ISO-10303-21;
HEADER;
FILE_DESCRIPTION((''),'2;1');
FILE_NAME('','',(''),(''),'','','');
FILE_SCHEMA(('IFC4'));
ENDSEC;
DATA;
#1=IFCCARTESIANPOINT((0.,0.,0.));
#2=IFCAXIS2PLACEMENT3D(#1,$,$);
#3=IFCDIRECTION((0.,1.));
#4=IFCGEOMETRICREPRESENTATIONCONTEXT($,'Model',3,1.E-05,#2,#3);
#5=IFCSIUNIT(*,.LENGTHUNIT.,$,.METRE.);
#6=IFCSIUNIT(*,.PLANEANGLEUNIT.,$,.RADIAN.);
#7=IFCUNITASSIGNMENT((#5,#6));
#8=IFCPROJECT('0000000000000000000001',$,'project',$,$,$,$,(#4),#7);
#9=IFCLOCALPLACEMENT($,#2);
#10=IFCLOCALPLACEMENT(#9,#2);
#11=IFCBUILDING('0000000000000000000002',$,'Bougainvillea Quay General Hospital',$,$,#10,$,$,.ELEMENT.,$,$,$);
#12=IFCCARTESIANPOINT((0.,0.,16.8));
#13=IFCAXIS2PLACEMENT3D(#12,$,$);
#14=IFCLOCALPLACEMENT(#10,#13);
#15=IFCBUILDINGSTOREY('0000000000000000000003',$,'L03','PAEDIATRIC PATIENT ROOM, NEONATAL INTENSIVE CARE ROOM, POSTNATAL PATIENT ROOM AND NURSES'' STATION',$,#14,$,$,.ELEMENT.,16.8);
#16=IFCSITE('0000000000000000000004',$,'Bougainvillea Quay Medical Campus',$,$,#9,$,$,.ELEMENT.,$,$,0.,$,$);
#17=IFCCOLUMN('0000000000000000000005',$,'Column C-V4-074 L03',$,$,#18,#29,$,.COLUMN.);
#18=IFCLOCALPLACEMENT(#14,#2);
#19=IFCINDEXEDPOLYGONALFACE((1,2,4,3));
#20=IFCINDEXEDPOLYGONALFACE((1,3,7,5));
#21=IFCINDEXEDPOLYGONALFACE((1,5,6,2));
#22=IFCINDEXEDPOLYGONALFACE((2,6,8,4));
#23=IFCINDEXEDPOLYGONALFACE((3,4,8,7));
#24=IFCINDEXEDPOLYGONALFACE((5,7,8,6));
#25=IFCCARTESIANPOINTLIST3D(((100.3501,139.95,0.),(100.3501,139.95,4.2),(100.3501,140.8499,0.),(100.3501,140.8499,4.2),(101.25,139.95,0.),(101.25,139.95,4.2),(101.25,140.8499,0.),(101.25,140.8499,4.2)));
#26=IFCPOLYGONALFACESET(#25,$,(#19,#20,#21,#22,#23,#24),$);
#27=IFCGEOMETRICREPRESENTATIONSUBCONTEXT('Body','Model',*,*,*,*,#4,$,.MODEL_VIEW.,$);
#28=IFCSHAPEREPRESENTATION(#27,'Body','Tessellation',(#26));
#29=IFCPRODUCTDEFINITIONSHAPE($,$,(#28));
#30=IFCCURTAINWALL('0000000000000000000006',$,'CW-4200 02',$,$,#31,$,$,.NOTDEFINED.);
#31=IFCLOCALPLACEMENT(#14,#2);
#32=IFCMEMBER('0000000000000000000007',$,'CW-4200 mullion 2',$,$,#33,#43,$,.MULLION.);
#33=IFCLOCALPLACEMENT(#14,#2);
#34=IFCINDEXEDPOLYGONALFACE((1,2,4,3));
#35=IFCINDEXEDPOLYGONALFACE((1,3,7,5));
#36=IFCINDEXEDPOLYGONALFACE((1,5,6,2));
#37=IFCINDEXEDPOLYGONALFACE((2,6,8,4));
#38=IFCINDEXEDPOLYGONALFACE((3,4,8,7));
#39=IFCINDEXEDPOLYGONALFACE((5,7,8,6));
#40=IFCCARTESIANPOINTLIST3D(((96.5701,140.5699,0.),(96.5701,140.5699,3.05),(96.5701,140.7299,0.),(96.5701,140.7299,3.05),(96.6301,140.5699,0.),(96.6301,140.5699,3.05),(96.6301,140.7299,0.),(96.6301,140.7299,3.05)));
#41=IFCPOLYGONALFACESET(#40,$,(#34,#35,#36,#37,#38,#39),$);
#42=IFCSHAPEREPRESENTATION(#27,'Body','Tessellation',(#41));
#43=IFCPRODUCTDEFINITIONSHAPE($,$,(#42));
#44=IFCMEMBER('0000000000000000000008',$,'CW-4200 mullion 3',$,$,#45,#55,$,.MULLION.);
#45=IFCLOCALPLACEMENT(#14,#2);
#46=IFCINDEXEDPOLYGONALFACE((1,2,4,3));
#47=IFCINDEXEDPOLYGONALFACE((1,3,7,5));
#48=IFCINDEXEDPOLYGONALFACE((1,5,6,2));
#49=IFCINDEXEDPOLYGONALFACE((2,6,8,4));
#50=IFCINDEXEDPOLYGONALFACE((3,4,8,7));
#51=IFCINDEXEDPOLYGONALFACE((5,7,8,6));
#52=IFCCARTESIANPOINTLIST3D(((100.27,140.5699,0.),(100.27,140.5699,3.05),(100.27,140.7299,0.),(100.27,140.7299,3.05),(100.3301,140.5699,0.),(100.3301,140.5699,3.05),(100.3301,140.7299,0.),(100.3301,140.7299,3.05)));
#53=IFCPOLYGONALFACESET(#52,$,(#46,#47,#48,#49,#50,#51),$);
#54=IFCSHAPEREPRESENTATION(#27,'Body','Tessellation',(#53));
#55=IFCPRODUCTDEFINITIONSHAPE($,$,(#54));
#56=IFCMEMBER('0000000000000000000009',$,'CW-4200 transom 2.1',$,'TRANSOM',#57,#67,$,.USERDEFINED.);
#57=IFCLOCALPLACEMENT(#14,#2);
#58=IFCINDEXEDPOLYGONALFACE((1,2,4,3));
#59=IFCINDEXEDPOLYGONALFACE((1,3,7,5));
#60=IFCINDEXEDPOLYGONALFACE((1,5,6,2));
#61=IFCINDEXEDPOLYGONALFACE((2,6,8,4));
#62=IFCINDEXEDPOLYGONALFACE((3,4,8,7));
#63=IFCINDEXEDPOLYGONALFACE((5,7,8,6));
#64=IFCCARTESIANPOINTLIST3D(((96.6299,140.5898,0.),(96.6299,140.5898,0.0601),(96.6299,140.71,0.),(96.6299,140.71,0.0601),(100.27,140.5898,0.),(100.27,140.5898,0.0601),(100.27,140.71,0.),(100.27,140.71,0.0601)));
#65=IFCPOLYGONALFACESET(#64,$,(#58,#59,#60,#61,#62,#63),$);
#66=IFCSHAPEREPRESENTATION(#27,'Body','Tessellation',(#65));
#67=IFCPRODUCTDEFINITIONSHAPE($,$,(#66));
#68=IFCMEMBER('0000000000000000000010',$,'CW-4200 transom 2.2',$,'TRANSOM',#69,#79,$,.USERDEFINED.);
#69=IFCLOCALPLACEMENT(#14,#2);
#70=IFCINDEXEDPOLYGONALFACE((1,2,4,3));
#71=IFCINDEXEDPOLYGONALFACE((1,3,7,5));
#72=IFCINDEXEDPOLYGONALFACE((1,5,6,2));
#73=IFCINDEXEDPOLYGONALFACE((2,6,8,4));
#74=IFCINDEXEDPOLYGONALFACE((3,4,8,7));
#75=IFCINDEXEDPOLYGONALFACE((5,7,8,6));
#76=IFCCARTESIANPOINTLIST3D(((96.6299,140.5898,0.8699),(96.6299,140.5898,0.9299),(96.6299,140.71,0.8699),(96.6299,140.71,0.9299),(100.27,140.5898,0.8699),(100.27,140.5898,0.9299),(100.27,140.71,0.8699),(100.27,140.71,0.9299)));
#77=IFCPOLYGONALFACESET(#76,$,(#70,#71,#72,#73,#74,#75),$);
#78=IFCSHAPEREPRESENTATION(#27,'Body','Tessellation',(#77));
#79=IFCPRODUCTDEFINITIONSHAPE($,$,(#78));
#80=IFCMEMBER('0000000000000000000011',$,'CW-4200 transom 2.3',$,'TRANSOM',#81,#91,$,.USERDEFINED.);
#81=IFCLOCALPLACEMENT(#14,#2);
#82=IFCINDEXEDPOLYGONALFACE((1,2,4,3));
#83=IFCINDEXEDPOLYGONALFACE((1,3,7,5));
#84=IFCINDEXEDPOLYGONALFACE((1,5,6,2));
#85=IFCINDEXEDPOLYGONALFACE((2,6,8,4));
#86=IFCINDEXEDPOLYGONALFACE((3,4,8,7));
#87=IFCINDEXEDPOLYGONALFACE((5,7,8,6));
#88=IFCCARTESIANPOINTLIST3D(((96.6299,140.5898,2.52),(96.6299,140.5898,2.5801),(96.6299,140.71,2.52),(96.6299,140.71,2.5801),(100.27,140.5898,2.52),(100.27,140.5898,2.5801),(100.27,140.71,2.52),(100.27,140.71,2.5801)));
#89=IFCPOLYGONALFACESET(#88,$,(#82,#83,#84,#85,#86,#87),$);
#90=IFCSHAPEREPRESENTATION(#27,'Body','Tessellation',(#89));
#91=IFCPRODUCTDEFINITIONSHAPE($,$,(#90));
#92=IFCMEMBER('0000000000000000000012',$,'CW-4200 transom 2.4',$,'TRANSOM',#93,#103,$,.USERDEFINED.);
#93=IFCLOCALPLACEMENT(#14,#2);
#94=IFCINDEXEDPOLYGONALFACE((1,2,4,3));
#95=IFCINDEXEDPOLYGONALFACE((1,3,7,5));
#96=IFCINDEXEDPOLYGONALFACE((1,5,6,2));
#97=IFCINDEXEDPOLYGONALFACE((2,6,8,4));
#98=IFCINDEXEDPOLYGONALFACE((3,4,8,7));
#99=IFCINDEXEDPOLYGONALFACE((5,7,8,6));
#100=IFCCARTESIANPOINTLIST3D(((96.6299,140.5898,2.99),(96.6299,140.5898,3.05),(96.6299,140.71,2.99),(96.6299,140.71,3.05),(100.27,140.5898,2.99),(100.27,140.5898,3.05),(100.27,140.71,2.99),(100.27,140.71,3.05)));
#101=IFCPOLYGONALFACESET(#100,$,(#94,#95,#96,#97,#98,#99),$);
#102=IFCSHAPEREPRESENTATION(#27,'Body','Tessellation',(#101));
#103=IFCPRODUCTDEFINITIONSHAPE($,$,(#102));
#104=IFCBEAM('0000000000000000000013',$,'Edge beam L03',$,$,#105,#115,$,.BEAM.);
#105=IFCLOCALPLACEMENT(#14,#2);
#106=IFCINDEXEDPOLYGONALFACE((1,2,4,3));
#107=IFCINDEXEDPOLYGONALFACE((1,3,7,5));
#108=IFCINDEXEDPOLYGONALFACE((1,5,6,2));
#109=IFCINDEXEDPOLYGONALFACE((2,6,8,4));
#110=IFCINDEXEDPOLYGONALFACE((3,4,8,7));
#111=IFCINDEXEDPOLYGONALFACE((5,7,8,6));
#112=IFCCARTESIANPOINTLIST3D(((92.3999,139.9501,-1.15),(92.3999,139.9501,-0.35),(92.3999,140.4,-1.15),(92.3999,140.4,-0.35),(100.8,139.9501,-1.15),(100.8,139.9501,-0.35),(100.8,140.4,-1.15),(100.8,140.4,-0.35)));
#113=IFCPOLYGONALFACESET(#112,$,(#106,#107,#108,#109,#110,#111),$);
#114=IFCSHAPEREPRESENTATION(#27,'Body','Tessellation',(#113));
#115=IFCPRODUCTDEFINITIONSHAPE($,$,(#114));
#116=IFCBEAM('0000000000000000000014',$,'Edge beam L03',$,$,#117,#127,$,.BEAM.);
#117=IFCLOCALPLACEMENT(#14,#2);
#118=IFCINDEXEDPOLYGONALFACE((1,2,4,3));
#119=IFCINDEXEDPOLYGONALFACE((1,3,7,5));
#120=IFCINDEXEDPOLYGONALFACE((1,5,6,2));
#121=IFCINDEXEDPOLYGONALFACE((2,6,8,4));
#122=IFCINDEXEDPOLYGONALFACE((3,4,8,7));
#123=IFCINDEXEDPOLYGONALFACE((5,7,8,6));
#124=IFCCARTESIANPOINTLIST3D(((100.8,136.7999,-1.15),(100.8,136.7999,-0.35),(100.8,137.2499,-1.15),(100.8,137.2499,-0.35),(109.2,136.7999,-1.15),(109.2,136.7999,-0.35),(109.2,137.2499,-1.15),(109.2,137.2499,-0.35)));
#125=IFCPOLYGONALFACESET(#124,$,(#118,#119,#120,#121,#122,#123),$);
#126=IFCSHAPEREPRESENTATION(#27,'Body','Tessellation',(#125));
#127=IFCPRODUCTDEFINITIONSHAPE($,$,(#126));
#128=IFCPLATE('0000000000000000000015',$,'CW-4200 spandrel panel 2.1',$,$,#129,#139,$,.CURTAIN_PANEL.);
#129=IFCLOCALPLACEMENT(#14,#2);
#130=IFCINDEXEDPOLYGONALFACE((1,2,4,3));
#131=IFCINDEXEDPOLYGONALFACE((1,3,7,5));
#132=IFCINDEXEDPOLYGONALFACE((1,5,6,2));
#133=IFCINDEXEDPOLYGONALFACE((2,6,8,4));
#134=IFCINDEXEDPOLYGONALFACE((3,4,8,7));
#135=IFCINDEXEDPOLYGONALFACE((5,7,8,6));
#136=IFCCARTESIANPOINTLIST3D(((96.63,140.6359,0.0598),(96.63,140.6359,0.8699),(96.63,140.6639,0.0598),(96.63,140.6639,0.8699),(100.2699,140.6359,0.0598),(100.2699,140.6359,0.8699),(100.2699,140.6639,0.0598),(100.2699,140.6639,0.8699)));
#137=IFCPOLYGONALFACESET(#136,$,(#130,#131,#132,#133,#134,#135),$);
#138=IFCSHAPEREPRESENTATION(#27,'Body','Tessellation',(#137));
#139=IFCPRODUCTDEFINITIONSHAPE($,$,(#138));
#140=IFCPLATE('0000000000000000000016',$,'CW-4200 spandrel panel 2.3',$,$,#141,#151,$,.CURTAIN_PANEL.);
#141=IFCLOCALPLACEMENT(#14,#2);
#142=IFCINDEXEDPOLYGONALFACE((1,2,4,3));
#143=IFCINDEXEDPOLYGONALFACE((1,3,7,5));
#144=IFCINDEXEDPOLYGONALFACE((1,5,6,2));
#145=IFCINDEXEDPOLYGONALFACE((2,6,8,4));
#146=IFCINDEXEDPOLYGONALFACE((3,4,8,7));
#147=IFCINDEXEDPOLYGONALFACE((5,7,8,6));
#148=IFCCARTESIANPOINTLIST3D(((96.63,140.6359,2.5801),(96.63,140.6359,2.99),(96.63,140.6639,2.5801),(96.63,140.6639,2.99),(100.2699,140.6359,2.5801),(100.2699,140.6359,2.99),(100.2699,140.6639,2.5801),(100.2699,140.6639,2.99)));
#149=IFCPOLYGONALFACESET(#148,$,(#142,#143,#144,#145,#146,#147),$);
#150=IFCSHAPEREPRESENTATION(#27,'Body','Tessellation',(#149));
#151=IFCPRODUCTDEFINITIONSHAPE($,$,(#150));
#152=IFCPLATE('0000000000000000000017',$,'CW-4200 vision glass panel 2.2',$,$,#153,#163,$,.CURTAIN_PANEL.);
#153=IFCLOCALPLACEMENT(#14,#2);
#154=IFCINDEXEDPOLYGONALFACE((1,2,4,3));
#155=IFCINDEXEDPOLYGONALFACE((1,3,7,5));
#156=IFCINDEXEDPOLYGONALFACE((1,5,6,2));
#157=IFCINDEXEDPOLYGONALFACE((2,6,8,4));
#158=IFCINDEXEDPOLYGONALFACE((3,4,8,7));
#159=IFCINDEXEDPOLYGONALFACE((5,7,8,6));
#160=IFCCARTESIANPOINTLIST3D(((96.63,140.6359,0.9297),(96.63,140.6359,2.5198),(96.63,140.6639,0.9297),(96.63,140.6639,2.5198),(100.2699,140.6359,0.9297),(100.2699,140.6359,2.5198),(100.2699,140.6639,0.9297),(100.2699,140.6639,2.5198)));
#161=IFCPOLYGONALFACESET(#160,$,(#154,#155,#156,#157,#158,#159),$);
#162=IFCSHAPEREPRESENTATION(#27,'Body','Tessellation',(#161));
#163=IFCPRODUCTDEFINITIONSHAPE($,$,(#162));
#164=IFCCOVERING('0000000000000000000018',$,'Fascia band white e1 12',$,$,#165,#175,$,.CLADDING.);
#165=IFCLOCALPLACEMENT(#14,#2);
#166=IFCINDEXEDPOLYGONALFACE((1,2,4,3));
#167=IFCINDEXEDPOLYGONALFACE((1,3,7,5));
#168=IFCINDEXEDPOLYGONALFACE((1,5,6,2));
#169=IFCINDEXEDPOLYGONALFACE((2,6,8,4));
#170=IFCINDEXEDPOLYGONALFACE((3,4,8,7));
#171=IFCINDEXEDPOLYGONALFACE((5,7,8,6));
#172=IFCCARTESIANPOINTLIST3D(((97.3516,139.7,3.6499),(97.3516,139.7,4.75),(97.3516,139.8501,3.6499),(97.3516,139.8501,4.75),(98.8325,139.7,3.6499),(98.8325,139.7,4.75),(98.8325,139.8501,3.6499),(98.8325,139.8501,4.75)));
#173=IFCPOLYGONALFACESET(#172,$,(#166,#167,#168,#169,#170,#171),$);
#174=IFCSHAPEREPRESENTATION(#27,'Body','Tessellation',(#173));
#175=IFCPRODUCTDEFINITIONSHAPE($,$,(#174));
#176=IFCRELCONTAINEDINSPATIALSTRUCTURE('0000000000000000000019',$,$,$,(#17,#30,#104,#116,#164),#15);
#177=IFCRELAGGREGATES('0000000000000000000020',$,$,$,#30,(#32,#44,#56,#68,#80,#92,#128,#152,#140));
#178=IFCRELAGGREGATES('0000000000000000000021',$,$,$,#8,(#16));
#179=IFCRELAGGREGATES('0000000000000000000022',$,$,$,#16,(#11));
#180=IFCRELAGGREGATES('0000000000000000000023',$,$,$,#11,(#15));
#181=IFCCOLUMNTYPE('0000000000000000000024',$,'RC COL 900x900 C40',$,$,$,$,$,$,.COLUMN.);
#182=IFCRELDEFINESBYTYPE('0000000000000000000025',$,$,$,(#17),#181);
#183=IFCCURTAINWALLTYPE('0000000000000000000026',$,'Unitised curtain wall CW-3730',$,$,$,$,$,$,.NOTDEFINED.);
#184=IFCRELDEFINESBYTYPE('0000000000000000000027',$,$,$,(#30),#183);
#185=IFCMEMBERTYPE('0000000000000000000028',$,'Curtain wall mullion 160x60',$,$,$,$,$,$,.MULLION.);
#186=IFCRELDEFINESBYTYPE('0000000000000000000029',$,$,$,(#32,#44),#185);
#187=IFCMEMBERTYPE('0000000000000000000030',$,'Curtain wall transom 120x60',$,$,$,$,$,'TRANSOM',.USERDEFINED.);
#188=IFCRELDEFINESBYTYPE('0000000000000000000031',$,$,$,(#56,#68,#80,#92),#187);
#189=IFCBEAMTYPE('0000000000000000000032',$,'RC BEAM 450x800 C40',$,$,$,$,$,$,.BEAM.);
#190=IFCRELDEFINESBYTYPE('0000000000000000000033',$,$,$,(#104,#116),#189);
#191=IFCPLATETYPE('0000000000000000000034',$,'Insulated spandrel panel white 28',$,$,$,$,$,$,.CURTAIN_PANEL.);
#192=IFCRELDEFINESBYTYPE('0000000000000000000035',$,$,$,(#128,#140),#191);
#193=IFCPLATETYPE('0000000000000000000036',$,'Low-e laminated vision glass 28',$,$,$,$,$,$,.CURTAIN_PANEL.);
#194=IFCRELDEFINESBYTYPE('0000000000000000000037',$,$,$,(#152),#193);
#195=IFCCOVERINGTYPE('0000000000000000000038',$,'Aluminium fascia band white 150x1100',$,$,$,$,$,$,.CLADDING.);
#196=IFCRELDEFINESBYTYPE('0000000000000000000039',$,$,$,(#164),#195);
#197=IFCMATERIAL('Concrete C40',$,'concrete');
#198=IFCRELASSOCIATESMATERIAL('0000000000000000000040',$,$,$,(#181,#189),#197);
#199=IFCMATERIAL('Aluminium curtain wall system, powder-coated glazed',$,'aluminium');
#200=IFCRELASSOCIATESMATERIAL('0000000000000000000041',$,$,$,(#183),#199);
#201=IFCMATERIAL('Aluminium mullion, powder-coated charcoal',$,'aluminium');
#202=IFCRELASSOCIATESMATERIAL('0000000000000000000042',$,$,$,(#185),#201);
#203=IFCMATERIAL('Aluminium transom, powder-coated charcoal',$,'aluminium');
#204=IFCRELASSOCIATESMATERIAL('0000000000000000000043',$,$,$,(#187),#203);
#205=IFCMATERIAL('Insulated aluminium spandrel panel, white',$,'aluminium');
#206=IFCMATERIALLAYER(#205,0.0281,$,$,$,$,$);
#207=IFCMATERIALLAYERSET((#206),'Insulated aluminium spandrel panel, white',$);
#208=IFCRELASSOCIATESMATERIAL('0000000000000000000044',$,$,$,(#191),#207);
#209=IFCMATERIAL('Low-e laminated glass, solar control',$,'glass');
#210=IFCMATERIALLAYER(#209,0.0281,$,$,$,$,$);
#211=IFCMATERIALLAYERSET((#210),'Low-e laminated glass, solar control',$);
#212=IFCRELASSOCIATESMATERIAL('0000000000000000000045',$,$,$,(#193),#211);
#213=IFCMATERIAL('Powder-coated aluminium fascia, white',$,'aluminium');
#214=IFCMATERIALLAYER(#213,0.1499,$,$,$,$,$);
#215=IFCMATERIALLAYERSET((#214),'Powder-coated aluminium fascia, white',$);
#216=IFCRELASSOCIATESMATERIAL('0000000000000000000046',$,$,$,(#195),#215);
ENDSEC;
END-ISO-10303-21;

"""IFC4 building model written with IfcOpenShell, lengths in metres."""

from ifc_helpers import new_model, si_unit, direction, frame, origin, origin_2d, place, context, subcontext, project, spatial, polyline, rectangle, outline, extrude, material, layer, layer_set, material_profile, profile_set, type_object, element, aggregate, save


model = new_model("IFC4")

# Units and contexts
model_context = context("Model", 3, precision=1e-05, world=origin(), true_north=direction((0.0, 1.0)))
body_context = subcontext(model_context, "Body", "Model", "MODEL_VIEW")
ifc_project = project(units=[si_unit("LENGTHUNIT", "METRE"), si_unit("PLANEANGLEUNIT", "RADIAN")], contexts=[model_context])

# Site, building, storey
site_placement = place(None, origin())
site = spatial("IfcSite", under=ifc_project, at=site_placement, Name="Bougainvillea Quay Medical Campus", CompositionType="ELEMENT", RefElevation=0.0)
building_placement = place(site_placement, origin())
building = spatial("IfcBuilding", under=site, at=building_placement, Name="Bougainvillea Quay General Hospital", CompositionType="ELEMENT")
storey_placement = place(building_placement, frame((0.0, 0.0, 16.8)))
storey = spatial("IfcBuildingStorey", under=building, at=storey_placement, Name="L03", Description="PAEDIATRIC PATIENT ROOM, NEONATAL INTENSIVE CARE ROOM, POSTNATAL PATIENT ROOM AND NURSES' STATION", CompositionType="ELEMENT", Elevation=16.8)

# Column
ifc_material_1 = material(Name="Concrete C40", Category="concrete")
ifc_material_profile_1 = material_profile(ifc_material_1, rectangle(XDim=0.8999, YDim=0.8999, at=origin_2d()))
ifc_profile_set_1 = profile_set([ifc_material_profile_1], Name="Concrete C40")
column_type = type_object("IfcColumnType", Name="RC COL 900x900 C40", PredefinedType="COLUMN", material=ifc_profile_set_1)
column_placement = place(storey_placement, frame((100.8, 140.3999, 0.0), z_axis=(0.0, 0.0, 1.0), x_axis=(1.0, 0.0, 0.0)))
element("IfcColumn", 1, at=column_placement, inside=storey, type_object=column_type, Name="Column C-V4-074 L03", PredefinedType="COLUMN", context=body_context, shape_type="SweptSolid", body=[
    extrude(rectangle(XDim=0.8999, YDim=0.8999, at=origin_2d()), origin(), (0.0, 0.0, 1.0), 4.2),
])

# Curtain wall, members
ifc_material_2 = material(Name="Aluminium curtain wall system, powder-coated glazed", Category="aluminium")
curtain_wall_type = type_object("IfcCurtainWallType", Name="Unitised curtain wall CW-3730", PredefinedType="NOTDEFINED", material=ifc_material_2)
curtain_wall_placement = place(storey_placement, origin())
curtain_wall = element("IfcCurtainWall", 2, at=curtain_wall_placement, inside=storey, type_object=curtain_wall_type, Name="CW-4200 02", PredefinedType="NOTDEFINED")
ifc_material_3 = material(Name="Aluminium mullion, powder-coated charcoal", Category="aluminium")
ifc_material_profile_2 = material_profile(ifc_material_3, rectangle(XDim=0.1599, YDim=0.0601, at=origin_2d()))
ifc_profile_set_2 = profile_set([ifc_material_profile_2], Name="Aluminium mullion, powder-coated charcoal")
member_type_1 = type_object("IfcMemberType", Name="Curtain wall mullion 160x60", PredefinedType="MULLION", material=ifc_profile_set_2)
member_1_placement = place(storey_placement, frame((96.6001, 140.6499, 0.0), z_axis=(0.0, 0.0, 1.0), x_axis=(0.0, 1.0, 0.0)))
member_1 = element("IfcMember", 3, at=member_1_placement, type_object=member_type_1, Name="CW-4200 mullion 2", PredefinedType="MULLION", context=body_context, shape_type="SweptSolid", body=[
    extrude(rectangle(XDim=0.1599, YDim=0.0601, at=origin_2d()), origin(), (0.0, 0.0, 1.0), 3.05),
])
member_2_placement = place(storey_placement, frame((100.3, 140.6499, 0.0), z_axis=(0.0, 0.0, 1.0), x_axis=(0.0, 1.0, 0.0)))
member_2 = element("IfcMember", 4, at=member_2_placement, type_object=member_type_1, Name="CW-4200 mullion 3", PredefinedType="MULLION", context=body_context, shape_type="SweptSolid", body=[
    extrude(rectangle(XDim=0.1599, YDim=0.0601, at=origin_2d()), origin(), (0.0, 0.0, 1.0), 3.05),
])
ifc_material_4 = material(Name="Aluminium transom, powder-coated charcoal", Category="aluminium")
ifc_material_profile_3 = material_profile(ifc_material_4, rectangle(XDim=0.1201, YDim=0.0601, at=origin_2d()))
ifc_profile_set_3 = profile_set([ifc_material_profile_3], Name="Aluminium transom, powder-coated charcoal")
member_type_2 = type_object("IfcMemberType", Name="Curtain wall transom 120x60", ElementType="TRANSOM", PredefinedType="USERDEFINED", material=ifc_profile_set_3)
member_3_placement = place(storey_placement, frame((96.6299, 140.6499, 0.03), z_axis=(1.0, 0.0, 0.0), x_axis=(0.0, 1.0, 0.0)))
member_3 = element("IfcMember", 5, at=member_3_placement, type_object=member_type_2, Name="CW-4200 transom 2.1", ObjectType="TRANSOM", PredefinedType="USERDEFINED", context=body_context, shape_type="SweptSolid", body=[
    extrude(rectangle(XDim=0.1201, YDim=0.0601, at=origin_2d()), origin(), (0.0, 0.0, 1.0), 3.6401),
])
member_4_placement = place(storey_placement, frame((96.6299, 140.6499, 0.8999), z_axis=(1.0, 0.0, 0.0), x_axis=(0.0, 1.0, 0.0)))
member_4 = element("IfcMember", 6, at=member_4_placement, type_object=member_type_2, Name="CW-4200 transom 2.2", ObjectType="TRANSOM", PredefinedType="USERDEFINED", context=body_context, shape_type="SweptSolid", body=[
    extrude(rectangle(XDim=0.1201, YDim=0.0601, at=origin_2d()), origin(), (0.0, 0.0, 1.0), 3.6401),
])
member_5_placement = place(storey_placement, frame((96.6299, 140.6499, 2.55), z_axis=(1.0, 0.0, 0.0), x_axis=(0.0, 1.0, 0.0)))
member_5 = element("IfcMember", 7, at=member_5_placement, type_object=member_type_2, Name="CW-4200 transom 2.3", ObjectType="TRANSOM", PredefinedType="USERDEFINED", context=body_context, shape_type="SweptSolid", body=[
    extrude(rectangle(XDim=0.1201, YDim=0.0601, at=origin_2d()), origin(), (0.0, 0.0, 1.0), 3.6401),
])
member_6_placement = place(storey_placement, frame((96.6299, 140.6499, 3.02), z_axis=(1.0, 0.0, 0.0), x_axis=(0.0, 1.0, 0.0)))
member_6 = element("IfcMember", 8, at=member_6_placement, type_object=member_type_2, Name="CW-4200 transom 2.4", ObjectType="TRANSOM", PredefinedType="USERDEFINED", context=body_context, shape_type="SweptSolid", body=[
    extrude(rectangle(XDim=0.1201, YDim=0.0601, at=origin_2d()), origin(), (0.0, 0.0, 1.0), 3.6401),
])

# Beams
ifc_material_profile_4 = material_profile(ifc_material_1, rectangle(XDim=0.45, YDim=0.8, at=origin_2d()))
ifc_profile_set_4 = profile_set([ifc_material_profile_4], Name="Concrete C40")
beam_type = type_object("IfcBeamType", Name="RC BEAM 450x800 C40", PredefinedType="BEAM", material=ifc_profile_set_4)
beam_1_placement = place(storey_placement, frame((100.8, 140.175, -0.75), z_axis=(-1.0, 0.0, 0.0), x_axis=(0.0, -1.0, 0.0)))
element("IfcBeam", 9, at=beam_1_placement, inside=storey, type_object=beam_type, Name="Edge beam L03", PredefinedType="BEAM", context=body_context, shape_type="SweptSolid", body=[
    extrude(rectangle(XDim=0.45, YDim=0.8, at=origin_2d()), origin(), (0.0, 0.0, 1.0), 8.4001),
])
beam_2_placement = place(storey_placement, frame((100.8, 137.0249, -0.75), z_axis=(1.0, 0.0, 0.0), x_axis=(0.0, 1.0, 0.0)))
element("IfcBeam", 10, at=beam_2_placement, inside=storey, type_object=beam_type, Name="Edge beam L03", PredefinedType="BEAM", context=body_context, shape_type="SweptSolid", body=[
    extrude(rectangle(XDim=0.45, YDim=0.8, at=origin_2d()), origin(), (0.0, 0.0, 1.0), 8.3999),
])

# Plates
ifc_material_5 = material(Name="Insulated aluminium spandrel panel, white", Category="aluminium")
ifc_layer_1 = layer(ifc_material_5, 0.0281)
ifc_layer_set_1 = layer_set([ifc_layer_1], Name="Insulated aluminium spandrel panel, white")
plate_type_1 = type_object("IfcPlateType", Name="Insulated spandrel panel white 28", PredefinedType="CURTAIN_PANEL", material=ifc_layer_set_1)
plate_1_placement = place(storey_placement, frame((98.45, 140.6499, 0.0598), z_axis=(0.0, 0.0, 1.0), x_axis=(1.0, 0.0, 0.0)))
plate_1 = element("IfcPlate", 11, at=plate_1_placement, type_object=plate_type_1, Name="CW-4200 spandrel panel 2.1", PredefinedType="CURTAIN_PANEL", context=body_context, shape_type="SweptSolid", body=[
    extrude(rectangle(XDim=3.6399, YDim=0.0281, at=origin_2d()), origin(), (0.0, 0.0, 1.0), 0.8101),
])
plate_2_placement = place(storey_placement, frame((98.45, 140.6499, 2.5801), z_axis=(0.0, 0.0, 1.0), x_axis=(1.0, 0.0, 0.0)))
plate_2 = element("IfcPlate", 12, at=plate_2_placement, type_object=plate_type_1, Name="CW-4200 spandrel panel 2.3", PredefinedType="CURTAIN_PANEL", context=body_context, shape_type="SweptSolid", body=[
    extrude(rectangle(XDim=3.6399, YDim=0.0281, at=origin_2d()), origin(), (0.0, 0.0, 1.0), 0.4099),
])
ifc_material_6 = material(Name="Low-e laminated glass, solar control", Category="glass")
ifc_layer_2 = layer(ifc_material_6, 0.0281)
ifc_layer_set_2 = layer_set([ifc_layer_2], Name="Low-e laminated glass, solar control")
plate_type_2 = type_object("IfcPlateType", Name="Low-e laminated vision glass 28", PredefinedType="CURTAIN_PANEL", material=ifc_layer_set_2)
plate_3_placement = place(storey_placement, frame((98.45, 140.6499, 0.9297), z_axis=(0.0, 0.0, 1.0), x_axis=(1.0, 0.0, 0.0)))
plate_3 = element("IfcPlate", 13, at=plate_3_placement, type_object=plate_type_2, Name="CW-4200 vision glass panel 2.2", PredefinedType="CURTAIN_PANEL", context=body_context, shape_type="SweptSolid", body=[
    extrude(rectangle(XDim=3.6399, YDim=0.0281, at=origin_2d()), origin(), (0.0, 0.0, 1.0), 1.5901),
])
aggregate(curtain_wall, [member_1, member_2, member_3, member_4, member_5, member_6, plate_1, plate_3, plate_2])

# Covering
ifc_material_7 = material(Name="Powder-coated aluminium fascia, white", Category="aluminium")
ifc_layer_3 = layer(ifc_material_7, 0.1499)
ifc_layer_set_3 = layer_set([ifc_layer_3], Name="Powder-coated aluminium fascia, white")
covering_type = type_object("IfcCoveringType", Name="Aluminium fascia band white 150x1100", PredefinedType="CLADDING", material=ifc_layer_set_3)
covering_1_placement = place(storey_placement, frame((97.3516, 139.8501, 3.6499), z_axis=(0.0, 0.0, 1.0), x_axis=(1.0, 0.0, 0.0)))
element("IfcCovering", 14, at=covering_1_placement, inside=storey, type_object=covering_type, Name="Fascia band white e1 12", PredefinedType="CLADDING", context=body_context, shape_type="SweptSolid", body=[
    extrude(outline(polyline([(0.0, 0.0), (1.481, 0.0), (1.481, -0.1501), (0.0, -0.1501), (0.0, 0.0)])), origin(), (0.0, 0.0, 1.0), 1.1001),
])

save(model, "model.ifc")
